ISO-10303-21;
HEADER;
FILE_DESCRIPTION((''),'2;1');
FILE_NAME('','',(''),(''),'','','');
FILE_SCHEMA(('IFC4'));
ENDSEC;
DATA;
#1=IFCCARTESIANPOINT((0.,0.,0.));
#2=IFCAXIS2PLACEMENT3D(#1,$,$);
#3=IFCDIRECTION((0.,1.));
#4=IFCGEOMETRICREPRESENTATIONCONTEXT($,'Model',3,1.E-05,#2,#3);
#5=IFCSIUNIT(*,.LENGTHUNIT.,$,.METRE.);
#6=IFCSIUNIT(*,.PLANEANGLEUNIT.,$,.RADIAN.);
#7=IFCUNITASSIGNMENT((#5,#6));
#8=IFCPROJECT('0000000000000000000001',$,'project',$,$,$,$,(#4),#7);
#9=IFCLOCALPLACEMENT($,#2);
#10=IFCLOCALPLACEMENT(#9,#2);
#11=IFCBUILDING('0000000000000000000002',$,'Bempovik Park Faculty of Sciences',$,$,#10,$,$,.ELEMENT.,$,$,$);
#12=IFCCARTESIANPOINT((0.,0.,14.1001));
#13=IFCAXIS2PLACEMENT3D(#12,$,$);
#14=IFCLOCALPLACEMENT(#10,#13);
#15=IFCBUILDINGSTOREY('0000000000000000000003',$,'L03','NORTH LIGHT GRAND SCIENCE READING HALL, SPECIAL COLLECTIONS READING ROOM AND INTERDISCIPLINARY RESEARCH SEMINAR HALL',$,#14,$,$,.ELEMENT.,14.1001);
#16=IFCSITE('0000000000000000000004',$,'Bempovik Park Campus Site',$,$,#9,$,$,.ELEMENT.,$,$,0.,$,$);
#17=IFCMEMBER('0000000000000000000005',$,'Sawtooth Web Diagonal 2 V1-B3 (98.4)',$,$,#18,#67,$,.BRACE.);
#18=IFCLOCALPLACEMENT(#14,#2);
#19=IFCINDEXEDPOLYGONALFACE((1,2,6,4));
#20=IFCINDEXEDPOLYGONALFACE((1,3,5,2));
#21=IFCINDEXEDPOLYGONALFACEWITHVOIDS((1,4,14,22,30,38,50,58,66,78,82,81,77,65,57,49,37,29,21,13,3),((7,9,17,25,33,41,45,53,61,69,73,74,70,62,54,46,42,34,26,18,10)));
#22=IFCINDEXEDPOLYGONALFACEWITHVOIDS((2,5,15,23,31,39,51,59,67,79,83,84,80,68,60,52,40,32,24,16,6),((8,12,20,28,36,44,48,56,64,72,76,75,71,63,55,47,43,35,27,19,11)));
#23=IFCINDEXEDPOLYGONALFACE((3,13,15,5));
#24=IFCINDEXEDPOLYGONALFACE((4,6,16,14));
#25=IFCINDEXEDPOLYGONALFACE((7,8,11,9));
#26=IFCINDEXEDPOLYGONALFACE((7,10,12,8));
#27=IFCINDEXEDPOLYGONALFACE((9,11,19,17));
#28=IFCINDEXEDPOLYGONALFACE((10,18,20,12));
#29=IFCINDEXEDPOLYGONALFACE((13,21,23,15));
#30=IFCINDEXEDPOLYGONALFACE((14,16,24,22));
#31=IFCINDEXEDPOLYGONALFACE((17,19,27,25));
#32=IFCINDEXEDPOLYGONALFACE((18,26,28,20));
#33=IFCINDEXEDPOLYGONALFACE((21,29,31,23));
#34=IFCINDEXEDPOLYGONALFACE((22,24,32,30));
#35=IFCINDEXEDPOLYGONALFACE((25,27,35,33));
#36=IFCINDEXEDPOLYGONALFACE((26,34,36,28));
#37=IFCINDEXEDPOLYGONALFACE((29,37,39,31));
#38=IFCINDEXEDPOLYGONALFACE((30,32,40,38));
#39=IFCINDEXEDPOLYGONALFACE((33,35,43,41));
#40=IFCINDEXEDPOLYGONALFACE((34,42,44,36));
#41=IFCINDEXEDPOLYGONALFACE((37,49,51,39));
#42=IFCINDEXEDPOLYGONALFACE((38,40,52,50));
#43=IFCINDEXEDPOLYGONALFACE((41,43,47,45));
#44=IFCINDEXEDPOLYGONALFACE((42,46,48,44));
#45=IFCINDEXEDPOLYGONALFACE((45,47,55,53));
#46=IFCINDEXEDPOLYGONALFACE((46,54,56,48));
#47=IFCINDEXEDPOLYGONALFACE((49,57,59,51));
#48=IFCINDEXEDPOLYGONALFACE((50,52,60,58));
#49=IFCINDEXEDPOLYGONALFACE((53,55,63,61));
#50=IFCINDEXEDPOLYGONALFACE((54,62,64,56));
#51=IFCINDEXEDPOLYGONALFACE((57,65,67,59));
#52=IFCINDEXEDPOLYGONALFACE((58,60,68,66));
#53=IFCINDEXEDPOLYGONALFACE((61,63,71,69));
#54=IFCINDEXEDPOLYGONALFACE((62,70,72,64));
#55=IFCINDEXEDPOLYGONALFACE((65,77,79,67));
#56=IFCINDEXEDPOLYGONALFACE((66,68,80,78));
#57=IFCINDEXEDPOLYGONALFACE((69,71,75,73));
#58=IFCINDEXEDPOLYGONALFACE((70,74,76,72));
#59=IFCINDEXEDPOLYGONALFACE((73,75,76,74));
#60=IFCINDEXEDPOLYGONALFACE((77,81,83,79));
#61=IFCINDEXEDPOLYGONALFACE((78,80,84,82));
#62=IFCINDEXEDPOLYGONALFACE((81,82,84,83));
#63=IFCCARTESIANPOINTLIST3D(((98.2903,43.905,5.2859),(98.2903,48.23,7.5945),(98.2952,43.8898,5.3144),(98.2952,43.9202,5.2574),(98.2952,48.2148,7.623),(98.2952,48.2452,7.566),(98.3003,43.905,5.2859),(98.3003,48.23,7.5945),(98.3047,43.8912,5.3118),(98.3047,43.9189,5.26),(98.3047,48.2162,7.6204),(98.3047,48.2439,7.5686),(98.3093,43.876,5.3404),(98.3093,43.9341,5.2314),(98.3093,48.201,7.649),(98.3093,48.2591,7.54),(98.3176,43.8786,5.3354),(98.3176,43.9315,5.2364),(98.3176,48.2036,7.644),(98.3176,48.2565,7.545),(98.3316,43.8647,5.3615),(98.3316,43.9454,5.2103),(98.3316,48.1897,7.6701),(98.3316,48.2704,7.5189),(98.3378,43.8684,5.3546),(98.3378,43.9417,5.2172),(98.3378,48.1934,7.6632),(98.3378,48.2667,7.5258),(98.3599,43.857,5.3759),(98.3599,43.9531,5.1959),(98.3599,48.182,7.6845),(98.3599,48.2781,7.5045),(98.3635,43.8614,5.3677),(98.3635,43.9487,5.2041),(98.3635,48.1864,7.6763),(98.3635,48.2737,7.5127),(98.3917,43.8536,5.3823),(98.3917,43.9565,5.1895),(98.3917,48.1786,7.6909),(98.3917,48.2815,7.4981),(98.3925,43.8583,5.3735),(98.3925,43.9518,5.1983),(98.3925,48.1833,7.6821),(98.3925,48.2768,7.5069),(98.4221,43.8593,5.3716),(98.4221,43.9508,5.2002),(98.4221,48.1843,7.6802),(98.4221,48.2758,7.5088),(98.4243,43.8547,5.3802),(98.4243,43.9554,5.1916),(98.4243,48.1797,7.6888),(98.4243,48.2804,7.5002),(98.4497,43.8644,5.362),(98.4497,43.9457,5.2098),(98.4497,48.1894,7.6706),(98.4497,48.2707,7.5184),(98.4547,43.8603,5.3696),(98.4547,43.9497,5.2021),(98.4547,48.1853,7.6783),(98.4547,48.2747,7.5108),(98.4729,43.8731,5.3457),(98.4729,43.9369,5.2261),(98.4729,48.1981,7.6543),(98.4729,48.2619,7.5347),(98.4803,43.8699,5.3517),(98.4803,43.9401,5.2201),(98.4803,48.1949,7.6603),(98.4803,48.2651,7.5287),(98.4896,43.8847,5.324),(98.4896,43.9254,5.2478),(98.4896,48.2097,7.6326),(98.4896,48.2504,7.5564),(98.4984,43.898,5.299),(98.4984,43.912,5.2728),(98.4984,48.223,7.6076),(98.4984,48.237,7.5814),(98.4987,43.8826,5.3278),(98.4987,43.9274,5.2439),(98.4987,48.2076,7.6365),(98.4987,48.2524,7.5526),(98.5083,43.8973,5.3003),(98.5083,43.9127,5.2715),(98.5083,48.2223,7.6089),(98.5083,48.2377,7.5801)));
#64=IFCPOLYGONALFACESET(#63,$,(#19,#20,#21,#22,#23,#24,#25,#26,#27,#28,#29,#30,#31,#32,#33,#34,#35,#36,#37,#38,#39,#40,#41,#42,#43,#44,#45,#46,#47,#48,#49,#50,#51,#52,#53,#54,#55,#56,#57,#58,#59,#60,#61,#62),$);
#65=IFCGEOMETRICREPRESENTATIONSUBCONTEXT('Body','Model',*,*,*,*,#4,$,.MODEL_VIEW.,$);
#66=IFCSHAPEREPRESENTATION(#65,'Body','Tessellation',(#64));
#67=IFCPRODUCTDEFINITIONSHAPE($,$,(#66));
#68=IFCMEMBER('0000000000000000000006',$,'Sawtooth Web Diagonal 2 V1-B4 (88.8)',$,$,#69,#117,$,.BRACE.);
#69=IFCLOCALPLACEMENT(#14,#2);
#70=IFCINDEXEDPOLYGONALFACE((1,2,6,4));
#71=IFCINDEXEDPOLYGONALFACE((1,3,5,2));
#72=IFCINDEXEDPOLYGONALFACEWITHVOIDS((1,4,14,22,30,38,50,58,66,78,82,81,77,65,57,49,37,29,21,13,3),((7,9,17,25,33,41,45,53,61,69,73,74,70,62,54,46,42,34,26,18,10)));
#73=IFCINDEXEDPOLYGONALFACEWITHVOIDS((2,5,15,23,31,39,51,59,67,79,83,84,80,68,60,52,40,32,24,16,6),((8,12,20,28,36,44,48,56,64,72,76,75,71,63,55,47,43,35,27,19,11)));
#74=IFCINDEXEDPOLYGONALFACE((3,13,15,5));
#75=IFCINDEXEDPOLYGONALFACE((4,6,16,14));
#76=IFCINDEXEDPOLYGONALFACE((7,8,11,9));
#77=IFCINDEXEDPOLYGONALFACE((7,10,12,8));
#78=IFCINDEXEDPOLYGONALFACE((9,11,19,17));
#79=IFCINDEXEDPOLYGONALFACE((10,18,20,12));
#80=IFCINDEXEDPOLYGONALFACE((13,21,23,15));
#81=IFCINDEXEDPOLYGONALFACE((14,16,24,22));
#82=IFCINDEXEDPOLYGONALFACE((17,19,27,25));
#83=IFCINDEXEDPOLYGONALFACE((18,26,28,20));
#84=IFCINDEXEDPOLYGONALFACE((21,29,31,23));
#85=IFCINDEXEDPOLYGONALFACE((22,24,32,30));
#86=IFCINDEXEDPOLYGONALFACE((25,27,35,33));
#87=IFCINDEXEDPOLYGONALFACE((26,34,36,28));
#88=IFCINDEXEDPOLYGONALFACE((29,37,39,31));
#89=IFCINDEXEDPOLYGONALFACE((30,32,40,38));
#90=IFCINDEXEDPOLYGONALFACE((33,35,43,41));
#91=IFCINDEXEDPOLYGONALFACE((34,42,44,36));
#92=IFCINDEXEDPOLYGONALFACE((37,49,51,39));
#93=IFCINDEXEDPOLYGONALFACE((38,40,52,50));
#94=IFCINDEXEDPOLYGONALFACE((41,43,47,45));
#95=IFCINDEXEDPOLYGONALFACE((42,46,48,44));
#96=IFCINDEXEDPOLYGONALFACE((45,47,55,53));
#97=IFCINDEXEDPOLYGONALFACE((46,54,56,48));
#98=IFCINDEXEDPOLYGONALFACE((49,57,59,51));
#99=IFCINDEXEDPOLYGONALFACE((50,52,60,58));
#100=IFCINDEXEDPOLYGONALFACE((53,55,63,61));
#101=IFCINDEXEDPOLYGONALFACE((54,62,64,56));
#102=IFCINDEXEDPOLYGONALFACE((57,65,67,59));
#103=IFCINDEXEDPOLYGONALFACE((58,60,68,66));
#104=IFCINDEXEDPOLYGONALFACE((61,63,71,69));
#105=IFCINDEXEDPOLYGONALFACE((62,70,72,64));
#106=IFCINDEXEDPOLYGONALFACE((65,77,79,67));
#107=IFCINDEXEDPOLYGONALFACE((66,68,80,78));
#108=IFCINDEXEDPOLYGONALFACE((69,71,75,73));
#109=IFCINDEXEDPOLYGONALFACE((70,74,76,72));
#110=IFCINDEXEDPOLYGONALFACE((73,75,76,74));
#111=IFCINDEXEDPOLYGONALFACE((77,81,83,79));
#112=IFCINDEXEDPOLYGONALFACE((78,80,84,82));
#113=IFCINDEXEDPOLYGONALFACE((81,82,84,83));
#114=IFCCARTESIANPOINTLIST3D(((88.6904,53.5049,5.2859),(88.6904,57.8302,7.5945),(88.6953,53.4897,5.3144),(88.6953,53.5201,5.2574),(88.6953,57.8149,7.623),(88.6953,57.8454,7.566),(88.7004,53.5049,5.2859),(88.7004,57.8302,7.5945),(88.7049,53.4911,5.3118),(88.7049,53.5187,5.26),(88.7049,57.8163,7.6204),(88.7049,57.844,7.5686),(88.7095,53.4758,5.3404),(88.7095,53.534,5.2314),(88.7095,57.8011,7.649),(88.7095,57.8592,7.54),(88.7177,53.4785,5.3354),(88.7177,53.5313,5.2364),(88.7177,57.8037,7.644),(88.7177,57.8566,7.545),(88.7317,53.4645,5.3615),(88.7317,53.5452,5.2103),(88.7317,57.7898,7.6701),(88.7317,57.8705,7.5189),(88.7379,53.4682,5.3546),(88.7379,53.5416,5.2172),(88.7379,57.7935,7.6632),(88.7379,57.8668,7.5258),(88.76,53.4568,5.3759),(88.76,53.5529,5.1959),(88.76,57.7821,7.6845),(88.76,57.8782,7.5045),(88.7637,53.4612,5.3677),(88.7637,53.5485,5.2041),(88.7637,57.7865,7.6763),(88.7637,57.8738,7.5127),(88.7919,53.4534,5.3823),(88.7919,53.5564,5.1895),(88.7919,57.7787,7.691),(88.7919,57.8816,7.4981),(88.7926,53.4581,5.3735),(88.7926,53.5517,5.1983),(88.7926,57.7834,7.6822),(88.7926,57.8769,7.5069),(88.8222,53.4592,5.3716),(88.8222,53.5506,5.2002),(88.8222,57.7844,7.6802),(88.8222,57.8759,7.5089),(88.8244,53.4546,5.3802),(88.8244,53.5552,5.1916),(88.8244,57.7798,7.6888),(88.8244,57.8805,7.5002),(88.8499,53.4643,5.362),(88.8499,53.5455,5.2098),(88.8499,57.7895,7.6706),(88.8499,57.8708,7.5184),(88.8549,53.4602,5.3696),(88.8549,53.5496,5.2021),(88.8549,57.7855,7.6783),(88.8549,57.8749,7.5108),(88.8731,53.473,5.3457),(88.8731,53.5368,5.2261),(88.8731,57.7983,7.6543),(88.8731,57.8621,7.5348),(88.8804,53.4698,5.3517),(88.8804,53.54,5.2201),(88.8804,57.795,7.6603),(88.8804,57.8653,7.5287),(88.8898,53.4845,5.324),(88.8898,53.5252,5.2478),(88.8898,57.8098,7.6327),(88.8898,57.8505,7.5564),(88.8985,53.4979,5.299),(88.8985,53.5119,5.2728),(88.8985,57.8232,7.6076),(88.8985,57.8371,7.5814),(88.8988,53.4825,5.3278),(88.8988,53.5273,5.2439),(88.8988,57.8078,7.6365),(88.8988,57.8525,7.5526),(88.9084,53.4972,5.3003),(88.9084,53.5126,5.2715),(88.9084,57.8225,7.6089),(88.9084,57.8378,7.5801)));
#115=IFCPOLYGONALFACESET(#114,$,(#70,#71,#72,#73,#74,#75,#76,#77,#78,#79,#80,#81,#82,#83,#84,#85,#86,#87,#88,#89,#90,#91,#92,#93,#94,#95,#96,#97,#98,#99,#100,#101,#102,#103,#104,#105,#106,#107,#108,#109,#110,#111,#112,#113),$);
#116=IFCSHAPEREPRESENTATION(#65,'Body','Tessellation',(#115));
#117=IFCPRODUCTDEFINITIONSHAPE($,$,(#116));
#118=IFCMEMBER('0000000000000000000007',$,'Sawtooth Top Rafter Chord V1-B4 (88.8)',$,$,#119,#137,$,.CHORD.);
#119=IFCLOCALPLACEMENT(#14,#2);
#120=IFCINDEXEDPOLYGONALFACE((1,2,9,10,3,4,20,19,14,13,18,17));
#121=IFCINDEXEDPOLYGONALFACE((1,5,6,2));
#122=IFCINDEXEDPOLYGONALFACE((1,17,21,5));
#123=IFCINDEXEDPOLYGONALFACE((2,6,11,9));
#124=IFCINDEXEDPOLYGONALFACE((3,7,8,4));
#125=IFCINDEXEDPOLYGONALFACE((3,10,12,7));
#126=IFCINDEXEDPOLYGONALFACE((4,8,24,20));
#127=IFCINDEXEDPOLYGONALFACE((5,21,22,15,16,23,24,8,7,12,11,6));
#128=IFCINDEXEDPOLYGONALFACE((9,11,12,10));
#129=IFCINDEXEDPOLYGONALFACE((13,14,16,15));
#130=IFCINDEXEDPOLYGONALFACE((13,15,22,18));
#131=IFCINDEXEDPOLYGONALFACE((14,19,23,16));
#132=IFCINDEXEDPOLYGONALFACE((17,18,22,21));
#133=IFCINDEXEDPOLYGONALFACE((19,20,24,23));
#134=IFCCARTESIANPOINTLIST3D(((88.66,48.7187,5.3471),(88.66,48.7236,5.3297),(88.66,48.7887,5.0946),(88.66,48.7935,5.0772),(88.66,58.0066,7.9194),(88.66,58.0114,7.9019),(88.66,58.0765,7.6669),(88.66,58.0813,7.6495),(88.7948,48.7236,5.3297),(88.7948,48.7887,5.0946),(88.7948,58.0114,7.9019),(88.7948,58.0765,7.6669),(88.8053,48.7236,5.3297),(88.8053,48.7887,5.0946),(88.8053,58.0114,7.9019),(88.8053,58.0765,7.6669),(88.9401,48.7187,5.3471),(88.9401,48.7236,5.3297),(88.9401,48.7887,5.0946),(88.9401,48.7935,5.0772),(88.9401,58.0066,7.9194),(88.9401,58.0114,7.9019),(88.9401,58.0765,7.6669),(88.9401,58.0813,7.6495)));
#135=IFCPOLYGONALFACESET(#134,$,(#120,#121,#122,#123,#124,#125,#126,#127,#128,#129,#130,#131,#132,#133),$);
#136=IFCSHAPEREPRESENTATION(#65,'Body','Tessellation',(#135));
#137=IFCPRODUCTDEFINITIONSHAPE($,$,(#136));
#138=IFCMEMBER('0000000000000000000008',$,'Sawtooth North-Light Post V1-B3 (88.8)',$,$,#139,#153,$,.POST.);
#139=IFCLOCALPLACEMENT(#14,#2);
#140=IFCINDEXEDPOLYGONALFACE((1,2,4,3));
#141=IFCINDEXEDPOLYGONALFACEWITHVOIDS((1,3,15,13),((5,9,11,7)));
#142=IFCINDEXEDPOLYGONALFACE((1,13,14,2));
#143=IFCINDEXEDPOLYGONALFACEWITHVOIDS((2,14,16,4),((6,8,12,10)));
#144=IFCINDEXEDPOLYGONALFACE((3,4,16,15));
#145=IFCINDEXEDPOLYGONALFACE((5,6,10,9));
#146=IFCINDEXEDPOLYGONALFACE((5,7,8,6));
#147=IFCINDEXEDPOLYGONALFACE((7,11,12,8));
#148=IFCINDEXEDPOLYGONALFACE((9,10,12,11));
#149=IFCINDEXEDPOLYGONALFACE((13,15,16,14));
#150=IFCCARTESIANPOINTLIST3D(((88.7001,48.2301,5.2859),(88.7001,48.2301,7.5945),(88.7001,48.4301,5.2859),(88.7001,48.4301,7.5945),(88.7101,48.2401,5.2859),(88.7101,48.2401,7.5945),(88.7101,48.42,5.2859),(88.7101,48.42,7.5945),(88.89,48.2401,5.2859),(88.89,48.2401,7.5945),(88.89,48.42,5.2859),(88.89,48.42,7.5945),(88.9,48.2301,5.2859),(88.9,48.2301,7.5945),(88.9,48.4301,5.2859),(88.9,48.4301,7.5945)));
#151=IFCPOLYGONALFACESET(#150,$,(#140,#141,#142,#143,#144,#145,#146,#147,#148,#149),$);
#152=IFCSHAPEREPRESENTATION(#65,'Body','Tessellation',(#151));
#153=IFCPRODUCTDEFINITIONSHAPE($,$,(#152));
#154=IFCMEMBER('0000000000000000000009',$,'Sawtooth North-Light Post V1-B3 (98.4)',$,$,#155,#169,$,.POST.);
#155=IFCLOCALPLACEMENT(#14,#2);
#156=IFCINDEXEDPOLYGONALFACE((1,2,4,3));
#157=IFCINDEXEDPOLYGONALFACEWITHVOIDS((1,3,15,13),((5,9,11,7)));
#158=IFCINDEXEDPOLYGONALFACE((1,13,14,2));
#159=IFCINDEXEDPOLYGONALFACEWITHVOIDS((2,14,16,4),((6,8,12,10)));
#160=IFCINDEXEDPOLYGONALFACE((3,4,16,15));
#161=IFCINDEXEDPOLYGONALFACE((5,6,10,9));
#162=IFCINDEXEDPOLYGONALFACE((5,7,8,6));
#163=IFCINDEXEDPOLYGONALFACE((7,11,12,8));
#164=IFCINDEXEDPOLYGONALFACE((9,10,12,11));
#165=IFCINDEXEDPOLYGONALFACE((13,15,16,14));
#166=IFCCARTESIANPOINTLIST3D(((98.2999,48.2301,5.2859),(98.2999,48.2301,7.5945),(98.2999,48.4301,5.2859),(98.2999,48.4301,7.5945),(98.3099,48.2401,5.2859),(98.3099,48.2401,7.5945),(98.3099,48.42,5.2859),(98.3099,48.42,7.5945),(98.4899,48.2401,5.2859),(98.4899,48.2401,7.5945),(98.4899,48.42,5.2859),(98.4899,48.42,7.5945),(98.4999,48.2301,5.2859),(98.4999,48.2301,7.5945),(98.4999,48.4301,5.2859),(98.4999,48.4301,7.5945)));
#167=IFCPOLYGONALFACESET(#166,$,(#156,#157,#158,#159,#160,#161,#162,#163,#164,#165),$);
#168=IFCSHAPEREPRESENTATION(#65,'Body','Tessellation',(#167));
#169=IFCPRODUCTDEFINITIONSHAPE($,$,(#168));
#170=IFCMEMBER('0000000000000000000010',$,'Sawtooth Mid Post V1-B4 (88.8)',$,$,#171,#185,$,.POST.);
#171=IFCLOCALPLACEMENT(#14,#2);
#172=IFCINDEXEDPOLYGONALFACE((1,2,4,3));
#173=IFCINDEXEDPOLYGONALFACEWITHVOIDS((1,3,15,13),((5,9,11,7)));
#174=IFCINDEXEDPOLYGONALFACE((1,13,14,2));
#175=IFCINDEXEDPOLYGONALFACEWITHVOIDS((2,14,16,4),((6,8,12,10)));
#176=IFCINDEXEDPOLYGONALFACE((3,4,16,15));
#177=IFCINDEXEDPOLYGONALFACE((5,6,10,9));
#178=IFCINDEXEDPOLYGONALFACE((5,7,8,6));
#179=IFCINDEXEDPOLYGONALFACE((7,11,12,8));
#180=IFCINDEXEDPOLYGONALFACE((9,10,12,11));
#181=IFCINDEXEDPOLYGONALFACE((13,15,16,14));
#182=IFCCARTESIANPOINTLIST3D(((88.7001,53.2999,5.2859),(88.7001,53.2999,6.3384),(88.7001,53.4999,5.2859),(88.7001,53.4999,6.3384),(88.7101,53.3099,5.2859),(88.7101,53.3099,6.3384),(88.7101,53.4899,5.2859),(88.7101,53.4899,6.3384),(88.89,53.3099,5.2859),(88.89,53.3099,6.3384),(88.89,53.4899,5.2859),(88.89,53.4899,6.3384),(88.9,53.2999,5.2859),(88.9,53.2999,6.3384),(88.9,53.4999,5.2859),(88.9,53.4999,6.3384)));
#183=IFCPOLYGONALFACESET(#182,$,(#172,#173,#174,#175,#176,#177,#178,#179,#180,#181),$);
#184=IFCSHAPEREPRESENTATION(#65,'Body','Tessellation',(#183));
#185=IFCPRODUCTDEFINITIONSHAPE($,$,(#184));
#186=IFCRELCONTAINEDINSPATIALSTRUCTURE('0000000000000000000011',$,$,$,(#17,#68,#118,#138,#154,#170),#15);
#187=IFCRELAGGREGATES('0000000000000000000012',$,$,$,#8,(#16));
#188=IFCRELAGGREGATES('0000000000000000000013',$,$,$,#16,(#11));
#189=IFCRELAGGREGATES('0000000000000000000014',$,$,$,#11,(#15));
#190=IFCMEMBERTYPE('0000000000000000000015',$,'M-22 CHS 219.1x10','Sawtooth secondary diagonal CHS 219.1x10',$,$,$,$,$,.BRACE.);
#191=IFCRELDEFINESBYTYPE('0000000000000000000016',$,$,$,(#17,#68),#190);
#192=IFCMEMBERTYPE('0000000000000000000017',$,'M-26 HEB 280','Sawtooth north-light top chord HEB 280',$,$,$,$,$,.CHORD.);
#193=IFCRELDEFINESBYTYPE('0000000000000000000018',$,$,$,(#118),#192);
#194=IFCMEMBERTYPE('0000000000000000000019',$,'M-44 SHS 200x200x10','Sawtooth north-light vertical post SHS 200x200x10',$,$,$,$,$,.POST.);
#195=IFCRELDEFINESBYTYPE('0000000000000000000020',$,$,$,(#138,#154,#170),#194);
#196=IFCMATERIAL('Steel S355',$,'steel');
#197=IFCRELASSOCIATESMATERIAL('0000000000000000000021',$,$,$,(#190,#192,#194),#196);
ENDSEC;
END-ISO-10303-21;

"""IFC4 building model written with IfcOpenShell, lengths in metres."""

from ifc_helpers import new_model, si_unit, direction, frame, origin, origin_2d, place, context, subcontext, project, spatial, hollow_rectangle, hollow_circle, i_section, extrude, material, material_profile, profile_set, type_object, element, save


model = new_model("IFC4")

# Units and contexts
model_context = context("Model", 3, precision=1e-05, world=origin(), true_north=direction((0.0, 1.0)))
body_context = subcontext(model_context, "Body", "Model", "MODEL_VIEW")
ifc_project = project(units=[si_unit("LENGTHUNIT", "METRE"), si_unit("PLANEANGLEUNIT", "RADIAN")], contexts=[model_context])

# Site, building, storey
site_placement = place(None, origin())
site = spatial("IfcSite", under=ifc_project, at=site_placement, Name="Bempovik Park Campus Site", CompositionType="ELEMENT", RefElevation=0.0)
building_placement = place(site_placement, origin())
building = spatial("IfcBuilding", under=site, at=building_placement, Name="Bempovik Park Faculty of Sciences", CompositionType="ELEMENT")
storey_placement = place(building_placement, frame((0.0, 0.0, 14.1001)))
storey = spatial("IfcBuildingStorey", under=building, at=storey_placement, Name="L03", Description="NORTH LIGHT GRAND SCIENCE READING HALL, SPECIAL COLLECTIONS READING ROOM AND INTERDISCIPLINARY RESEARCH SEMINAR HALL", CompositionType="ELEMENT", Elevation=14.1001)

# Shared definitions
ifc_material_1 = material(Name="Steel S355", Category="steel")

# Members
ifc_material_profile_1 = material_profile(ifc_material_1, hollow_circle(Radius=0.1096, WallThickness=0.01, at=origin_2d()), Name="CHS 219.1x10")
ifc_profile_set_1 = profile_set([ifc_material_profile_1], Name="Steel S355")
member_type_1 = type_object("IfcMemberType", Name="M-22 CHS 219.1x10", Description="Sawtooth secondary diagonal CHS 219.1x10", PredefinedType="BRACE", material=ifc_profile_set_1)
member_1_placement = place(storey_placement, frame((98.3999, 43.905, 5.2859), z_axis=(0.0, 0.882187, 0.470898), x_axis=(-1.0, 0.0, 0.0)))
element("IfcMember", 1, at=member_1_placement, inside=storey, type_object=member_type_1, Name="Sawtooth Web Diagonal 2 V1-B3 (98.4)", PredefinedType="BRACE", context=body_context, shape_type="SweptSolid", body=[
    extrude(hollow_circle(Radius=0.1096, WallThickness=0.01, at=origin_2d()), origin(), (0.0, 0.0, 1.0), 4.9026),
])
member_2_placement = place(storey_placement, frame((88.8, 53.5049, 5.2859), z_axis=(0.0, 0.882199, 0.470878), x_axis=(-1.0, 0.0, 0.0)))
element("IfcMember", 2, at=member_2_placement, inside=storey, type_object=member_type_1, Name="Sawtooth Web Diagonal 2 V1-B4 (88.8)", PredefinedType="BRACE", context=body_context, shape_type="SweptSolid", body=[
    extrude(hollow_circle(Radius=0.1096, WallThickness=0.01, at=origin_2d()), origin(), (0.0, 0.0, 1.0), 4.9028),
])
ifc_material_profile_2 = material_profile(ifc_material_1, i_section(OverallWidth=0.28, OverallDepth=0.28, WebThickness=0.0105, FlangeThickness=0.0181, at=origin_2d()), Name="HEB 280")
ifc_profile_set_2 = profile_set([ifc_material_profile_2], Name="Steel S355")
member_type_2 = type_object("IfcMemberType", Name="M-26 HEB 280", Description="Sawtooth north-light top chord HEB 280", PredefinedType="CHORD", material=ifc_profile_set_2)
member_3_placement = place(storey_placement, frame((88.8, 48.7561, 5.2122), z_axis=(0.0, 0.963723, 0.266903), x_axis=(-1.0, 0.0, 0.0)))
element("IfcMember", 3, at=member_3_placement, inside=storey, type_object=member_type_2, Name="Sawtooth Top Rafter Chord V1-B4 (88.8)", PredefinedType="CHORD", context=body_context, shape_type="SweptSolid", body=[
    extrude(i_section(OverallWidth=0.28, OverallDepth=0.28, WebThickness=0.0105, FlangeThickness=0.0181, at=origin_2d()), origin(), (0.0, 0.0, 1.0), 9.6375),
])
ifc_material_profile_3 = material_profile(ifc_material_1, hollow_rectangle(XDim=0.2, YDim=0.2, WallThickness=0.01, at=origin_2d()), Name="SHS 200x200x10")
ifc_profile_set_3 = profile_set([ifc_material_profile_3], Name="Steel S355")
member_type_3 = type_object("IfcMemberType", Name="M-44 SHS 200x200x10", Description="Sawtooth north-light vertical post SHS 200x200x10", PredefinedType="POST", material=ifc_profile_set_3)
for number, where, z_axis, x_axis, name in (
    (4, (88.8, 48.3301, 5.2859), (0.0, 0.0, 1.0), (1.0, 0.0, 0.0), "Sawtooth North-Light Post V1-B3 (88.8)"),
    (5, (98.3999, 48.3301, 5.2859), (0.0, 0.0, 1.0), (1.0, 0.0, 0.0), "Sawtooth North-Light Post V1-B3 (98.4)"),
):
    element("IfcMember", number, at=place(storey_placement, frame(where, z_axis=z_axis, x_axis=x_axis)), inside=storey, type_object=member_type_3, Name=name, PredefinedType="POST", context=body_context, shape_type="SweptSolid", body=[
        extrude(hollow_rectangle(XDim=0.2, YDim=0.2, WallThickness=0.01, at=origin_2d()), origin(), (0.0, 0.0, 1.0), 2.3086),
    ])
member_4_placement = place(storey_placement, frame((88.8, 53.3999, 5.2859), z_axis=(0.0, 0.0, 1.0), x_axis=(1.0, 0.0, 0.0)))
element("IfcMember", 6, at=member_4_placement, inside=storey, type_object=member_type_3, Name="Sawtooth Mid Post V1-B4 (88.8)", PredefinedType="POST", context=body_context, shape_type="SweptSolid", body=[
    extrude(hollow_rectangle(XDim=0.2, YDim=0.2, WallThickness=0.01, at=origin_2d()), origin(), (0.0, 0.0, 1.0), 1.0525),
])

save(model, "model.ifc")
